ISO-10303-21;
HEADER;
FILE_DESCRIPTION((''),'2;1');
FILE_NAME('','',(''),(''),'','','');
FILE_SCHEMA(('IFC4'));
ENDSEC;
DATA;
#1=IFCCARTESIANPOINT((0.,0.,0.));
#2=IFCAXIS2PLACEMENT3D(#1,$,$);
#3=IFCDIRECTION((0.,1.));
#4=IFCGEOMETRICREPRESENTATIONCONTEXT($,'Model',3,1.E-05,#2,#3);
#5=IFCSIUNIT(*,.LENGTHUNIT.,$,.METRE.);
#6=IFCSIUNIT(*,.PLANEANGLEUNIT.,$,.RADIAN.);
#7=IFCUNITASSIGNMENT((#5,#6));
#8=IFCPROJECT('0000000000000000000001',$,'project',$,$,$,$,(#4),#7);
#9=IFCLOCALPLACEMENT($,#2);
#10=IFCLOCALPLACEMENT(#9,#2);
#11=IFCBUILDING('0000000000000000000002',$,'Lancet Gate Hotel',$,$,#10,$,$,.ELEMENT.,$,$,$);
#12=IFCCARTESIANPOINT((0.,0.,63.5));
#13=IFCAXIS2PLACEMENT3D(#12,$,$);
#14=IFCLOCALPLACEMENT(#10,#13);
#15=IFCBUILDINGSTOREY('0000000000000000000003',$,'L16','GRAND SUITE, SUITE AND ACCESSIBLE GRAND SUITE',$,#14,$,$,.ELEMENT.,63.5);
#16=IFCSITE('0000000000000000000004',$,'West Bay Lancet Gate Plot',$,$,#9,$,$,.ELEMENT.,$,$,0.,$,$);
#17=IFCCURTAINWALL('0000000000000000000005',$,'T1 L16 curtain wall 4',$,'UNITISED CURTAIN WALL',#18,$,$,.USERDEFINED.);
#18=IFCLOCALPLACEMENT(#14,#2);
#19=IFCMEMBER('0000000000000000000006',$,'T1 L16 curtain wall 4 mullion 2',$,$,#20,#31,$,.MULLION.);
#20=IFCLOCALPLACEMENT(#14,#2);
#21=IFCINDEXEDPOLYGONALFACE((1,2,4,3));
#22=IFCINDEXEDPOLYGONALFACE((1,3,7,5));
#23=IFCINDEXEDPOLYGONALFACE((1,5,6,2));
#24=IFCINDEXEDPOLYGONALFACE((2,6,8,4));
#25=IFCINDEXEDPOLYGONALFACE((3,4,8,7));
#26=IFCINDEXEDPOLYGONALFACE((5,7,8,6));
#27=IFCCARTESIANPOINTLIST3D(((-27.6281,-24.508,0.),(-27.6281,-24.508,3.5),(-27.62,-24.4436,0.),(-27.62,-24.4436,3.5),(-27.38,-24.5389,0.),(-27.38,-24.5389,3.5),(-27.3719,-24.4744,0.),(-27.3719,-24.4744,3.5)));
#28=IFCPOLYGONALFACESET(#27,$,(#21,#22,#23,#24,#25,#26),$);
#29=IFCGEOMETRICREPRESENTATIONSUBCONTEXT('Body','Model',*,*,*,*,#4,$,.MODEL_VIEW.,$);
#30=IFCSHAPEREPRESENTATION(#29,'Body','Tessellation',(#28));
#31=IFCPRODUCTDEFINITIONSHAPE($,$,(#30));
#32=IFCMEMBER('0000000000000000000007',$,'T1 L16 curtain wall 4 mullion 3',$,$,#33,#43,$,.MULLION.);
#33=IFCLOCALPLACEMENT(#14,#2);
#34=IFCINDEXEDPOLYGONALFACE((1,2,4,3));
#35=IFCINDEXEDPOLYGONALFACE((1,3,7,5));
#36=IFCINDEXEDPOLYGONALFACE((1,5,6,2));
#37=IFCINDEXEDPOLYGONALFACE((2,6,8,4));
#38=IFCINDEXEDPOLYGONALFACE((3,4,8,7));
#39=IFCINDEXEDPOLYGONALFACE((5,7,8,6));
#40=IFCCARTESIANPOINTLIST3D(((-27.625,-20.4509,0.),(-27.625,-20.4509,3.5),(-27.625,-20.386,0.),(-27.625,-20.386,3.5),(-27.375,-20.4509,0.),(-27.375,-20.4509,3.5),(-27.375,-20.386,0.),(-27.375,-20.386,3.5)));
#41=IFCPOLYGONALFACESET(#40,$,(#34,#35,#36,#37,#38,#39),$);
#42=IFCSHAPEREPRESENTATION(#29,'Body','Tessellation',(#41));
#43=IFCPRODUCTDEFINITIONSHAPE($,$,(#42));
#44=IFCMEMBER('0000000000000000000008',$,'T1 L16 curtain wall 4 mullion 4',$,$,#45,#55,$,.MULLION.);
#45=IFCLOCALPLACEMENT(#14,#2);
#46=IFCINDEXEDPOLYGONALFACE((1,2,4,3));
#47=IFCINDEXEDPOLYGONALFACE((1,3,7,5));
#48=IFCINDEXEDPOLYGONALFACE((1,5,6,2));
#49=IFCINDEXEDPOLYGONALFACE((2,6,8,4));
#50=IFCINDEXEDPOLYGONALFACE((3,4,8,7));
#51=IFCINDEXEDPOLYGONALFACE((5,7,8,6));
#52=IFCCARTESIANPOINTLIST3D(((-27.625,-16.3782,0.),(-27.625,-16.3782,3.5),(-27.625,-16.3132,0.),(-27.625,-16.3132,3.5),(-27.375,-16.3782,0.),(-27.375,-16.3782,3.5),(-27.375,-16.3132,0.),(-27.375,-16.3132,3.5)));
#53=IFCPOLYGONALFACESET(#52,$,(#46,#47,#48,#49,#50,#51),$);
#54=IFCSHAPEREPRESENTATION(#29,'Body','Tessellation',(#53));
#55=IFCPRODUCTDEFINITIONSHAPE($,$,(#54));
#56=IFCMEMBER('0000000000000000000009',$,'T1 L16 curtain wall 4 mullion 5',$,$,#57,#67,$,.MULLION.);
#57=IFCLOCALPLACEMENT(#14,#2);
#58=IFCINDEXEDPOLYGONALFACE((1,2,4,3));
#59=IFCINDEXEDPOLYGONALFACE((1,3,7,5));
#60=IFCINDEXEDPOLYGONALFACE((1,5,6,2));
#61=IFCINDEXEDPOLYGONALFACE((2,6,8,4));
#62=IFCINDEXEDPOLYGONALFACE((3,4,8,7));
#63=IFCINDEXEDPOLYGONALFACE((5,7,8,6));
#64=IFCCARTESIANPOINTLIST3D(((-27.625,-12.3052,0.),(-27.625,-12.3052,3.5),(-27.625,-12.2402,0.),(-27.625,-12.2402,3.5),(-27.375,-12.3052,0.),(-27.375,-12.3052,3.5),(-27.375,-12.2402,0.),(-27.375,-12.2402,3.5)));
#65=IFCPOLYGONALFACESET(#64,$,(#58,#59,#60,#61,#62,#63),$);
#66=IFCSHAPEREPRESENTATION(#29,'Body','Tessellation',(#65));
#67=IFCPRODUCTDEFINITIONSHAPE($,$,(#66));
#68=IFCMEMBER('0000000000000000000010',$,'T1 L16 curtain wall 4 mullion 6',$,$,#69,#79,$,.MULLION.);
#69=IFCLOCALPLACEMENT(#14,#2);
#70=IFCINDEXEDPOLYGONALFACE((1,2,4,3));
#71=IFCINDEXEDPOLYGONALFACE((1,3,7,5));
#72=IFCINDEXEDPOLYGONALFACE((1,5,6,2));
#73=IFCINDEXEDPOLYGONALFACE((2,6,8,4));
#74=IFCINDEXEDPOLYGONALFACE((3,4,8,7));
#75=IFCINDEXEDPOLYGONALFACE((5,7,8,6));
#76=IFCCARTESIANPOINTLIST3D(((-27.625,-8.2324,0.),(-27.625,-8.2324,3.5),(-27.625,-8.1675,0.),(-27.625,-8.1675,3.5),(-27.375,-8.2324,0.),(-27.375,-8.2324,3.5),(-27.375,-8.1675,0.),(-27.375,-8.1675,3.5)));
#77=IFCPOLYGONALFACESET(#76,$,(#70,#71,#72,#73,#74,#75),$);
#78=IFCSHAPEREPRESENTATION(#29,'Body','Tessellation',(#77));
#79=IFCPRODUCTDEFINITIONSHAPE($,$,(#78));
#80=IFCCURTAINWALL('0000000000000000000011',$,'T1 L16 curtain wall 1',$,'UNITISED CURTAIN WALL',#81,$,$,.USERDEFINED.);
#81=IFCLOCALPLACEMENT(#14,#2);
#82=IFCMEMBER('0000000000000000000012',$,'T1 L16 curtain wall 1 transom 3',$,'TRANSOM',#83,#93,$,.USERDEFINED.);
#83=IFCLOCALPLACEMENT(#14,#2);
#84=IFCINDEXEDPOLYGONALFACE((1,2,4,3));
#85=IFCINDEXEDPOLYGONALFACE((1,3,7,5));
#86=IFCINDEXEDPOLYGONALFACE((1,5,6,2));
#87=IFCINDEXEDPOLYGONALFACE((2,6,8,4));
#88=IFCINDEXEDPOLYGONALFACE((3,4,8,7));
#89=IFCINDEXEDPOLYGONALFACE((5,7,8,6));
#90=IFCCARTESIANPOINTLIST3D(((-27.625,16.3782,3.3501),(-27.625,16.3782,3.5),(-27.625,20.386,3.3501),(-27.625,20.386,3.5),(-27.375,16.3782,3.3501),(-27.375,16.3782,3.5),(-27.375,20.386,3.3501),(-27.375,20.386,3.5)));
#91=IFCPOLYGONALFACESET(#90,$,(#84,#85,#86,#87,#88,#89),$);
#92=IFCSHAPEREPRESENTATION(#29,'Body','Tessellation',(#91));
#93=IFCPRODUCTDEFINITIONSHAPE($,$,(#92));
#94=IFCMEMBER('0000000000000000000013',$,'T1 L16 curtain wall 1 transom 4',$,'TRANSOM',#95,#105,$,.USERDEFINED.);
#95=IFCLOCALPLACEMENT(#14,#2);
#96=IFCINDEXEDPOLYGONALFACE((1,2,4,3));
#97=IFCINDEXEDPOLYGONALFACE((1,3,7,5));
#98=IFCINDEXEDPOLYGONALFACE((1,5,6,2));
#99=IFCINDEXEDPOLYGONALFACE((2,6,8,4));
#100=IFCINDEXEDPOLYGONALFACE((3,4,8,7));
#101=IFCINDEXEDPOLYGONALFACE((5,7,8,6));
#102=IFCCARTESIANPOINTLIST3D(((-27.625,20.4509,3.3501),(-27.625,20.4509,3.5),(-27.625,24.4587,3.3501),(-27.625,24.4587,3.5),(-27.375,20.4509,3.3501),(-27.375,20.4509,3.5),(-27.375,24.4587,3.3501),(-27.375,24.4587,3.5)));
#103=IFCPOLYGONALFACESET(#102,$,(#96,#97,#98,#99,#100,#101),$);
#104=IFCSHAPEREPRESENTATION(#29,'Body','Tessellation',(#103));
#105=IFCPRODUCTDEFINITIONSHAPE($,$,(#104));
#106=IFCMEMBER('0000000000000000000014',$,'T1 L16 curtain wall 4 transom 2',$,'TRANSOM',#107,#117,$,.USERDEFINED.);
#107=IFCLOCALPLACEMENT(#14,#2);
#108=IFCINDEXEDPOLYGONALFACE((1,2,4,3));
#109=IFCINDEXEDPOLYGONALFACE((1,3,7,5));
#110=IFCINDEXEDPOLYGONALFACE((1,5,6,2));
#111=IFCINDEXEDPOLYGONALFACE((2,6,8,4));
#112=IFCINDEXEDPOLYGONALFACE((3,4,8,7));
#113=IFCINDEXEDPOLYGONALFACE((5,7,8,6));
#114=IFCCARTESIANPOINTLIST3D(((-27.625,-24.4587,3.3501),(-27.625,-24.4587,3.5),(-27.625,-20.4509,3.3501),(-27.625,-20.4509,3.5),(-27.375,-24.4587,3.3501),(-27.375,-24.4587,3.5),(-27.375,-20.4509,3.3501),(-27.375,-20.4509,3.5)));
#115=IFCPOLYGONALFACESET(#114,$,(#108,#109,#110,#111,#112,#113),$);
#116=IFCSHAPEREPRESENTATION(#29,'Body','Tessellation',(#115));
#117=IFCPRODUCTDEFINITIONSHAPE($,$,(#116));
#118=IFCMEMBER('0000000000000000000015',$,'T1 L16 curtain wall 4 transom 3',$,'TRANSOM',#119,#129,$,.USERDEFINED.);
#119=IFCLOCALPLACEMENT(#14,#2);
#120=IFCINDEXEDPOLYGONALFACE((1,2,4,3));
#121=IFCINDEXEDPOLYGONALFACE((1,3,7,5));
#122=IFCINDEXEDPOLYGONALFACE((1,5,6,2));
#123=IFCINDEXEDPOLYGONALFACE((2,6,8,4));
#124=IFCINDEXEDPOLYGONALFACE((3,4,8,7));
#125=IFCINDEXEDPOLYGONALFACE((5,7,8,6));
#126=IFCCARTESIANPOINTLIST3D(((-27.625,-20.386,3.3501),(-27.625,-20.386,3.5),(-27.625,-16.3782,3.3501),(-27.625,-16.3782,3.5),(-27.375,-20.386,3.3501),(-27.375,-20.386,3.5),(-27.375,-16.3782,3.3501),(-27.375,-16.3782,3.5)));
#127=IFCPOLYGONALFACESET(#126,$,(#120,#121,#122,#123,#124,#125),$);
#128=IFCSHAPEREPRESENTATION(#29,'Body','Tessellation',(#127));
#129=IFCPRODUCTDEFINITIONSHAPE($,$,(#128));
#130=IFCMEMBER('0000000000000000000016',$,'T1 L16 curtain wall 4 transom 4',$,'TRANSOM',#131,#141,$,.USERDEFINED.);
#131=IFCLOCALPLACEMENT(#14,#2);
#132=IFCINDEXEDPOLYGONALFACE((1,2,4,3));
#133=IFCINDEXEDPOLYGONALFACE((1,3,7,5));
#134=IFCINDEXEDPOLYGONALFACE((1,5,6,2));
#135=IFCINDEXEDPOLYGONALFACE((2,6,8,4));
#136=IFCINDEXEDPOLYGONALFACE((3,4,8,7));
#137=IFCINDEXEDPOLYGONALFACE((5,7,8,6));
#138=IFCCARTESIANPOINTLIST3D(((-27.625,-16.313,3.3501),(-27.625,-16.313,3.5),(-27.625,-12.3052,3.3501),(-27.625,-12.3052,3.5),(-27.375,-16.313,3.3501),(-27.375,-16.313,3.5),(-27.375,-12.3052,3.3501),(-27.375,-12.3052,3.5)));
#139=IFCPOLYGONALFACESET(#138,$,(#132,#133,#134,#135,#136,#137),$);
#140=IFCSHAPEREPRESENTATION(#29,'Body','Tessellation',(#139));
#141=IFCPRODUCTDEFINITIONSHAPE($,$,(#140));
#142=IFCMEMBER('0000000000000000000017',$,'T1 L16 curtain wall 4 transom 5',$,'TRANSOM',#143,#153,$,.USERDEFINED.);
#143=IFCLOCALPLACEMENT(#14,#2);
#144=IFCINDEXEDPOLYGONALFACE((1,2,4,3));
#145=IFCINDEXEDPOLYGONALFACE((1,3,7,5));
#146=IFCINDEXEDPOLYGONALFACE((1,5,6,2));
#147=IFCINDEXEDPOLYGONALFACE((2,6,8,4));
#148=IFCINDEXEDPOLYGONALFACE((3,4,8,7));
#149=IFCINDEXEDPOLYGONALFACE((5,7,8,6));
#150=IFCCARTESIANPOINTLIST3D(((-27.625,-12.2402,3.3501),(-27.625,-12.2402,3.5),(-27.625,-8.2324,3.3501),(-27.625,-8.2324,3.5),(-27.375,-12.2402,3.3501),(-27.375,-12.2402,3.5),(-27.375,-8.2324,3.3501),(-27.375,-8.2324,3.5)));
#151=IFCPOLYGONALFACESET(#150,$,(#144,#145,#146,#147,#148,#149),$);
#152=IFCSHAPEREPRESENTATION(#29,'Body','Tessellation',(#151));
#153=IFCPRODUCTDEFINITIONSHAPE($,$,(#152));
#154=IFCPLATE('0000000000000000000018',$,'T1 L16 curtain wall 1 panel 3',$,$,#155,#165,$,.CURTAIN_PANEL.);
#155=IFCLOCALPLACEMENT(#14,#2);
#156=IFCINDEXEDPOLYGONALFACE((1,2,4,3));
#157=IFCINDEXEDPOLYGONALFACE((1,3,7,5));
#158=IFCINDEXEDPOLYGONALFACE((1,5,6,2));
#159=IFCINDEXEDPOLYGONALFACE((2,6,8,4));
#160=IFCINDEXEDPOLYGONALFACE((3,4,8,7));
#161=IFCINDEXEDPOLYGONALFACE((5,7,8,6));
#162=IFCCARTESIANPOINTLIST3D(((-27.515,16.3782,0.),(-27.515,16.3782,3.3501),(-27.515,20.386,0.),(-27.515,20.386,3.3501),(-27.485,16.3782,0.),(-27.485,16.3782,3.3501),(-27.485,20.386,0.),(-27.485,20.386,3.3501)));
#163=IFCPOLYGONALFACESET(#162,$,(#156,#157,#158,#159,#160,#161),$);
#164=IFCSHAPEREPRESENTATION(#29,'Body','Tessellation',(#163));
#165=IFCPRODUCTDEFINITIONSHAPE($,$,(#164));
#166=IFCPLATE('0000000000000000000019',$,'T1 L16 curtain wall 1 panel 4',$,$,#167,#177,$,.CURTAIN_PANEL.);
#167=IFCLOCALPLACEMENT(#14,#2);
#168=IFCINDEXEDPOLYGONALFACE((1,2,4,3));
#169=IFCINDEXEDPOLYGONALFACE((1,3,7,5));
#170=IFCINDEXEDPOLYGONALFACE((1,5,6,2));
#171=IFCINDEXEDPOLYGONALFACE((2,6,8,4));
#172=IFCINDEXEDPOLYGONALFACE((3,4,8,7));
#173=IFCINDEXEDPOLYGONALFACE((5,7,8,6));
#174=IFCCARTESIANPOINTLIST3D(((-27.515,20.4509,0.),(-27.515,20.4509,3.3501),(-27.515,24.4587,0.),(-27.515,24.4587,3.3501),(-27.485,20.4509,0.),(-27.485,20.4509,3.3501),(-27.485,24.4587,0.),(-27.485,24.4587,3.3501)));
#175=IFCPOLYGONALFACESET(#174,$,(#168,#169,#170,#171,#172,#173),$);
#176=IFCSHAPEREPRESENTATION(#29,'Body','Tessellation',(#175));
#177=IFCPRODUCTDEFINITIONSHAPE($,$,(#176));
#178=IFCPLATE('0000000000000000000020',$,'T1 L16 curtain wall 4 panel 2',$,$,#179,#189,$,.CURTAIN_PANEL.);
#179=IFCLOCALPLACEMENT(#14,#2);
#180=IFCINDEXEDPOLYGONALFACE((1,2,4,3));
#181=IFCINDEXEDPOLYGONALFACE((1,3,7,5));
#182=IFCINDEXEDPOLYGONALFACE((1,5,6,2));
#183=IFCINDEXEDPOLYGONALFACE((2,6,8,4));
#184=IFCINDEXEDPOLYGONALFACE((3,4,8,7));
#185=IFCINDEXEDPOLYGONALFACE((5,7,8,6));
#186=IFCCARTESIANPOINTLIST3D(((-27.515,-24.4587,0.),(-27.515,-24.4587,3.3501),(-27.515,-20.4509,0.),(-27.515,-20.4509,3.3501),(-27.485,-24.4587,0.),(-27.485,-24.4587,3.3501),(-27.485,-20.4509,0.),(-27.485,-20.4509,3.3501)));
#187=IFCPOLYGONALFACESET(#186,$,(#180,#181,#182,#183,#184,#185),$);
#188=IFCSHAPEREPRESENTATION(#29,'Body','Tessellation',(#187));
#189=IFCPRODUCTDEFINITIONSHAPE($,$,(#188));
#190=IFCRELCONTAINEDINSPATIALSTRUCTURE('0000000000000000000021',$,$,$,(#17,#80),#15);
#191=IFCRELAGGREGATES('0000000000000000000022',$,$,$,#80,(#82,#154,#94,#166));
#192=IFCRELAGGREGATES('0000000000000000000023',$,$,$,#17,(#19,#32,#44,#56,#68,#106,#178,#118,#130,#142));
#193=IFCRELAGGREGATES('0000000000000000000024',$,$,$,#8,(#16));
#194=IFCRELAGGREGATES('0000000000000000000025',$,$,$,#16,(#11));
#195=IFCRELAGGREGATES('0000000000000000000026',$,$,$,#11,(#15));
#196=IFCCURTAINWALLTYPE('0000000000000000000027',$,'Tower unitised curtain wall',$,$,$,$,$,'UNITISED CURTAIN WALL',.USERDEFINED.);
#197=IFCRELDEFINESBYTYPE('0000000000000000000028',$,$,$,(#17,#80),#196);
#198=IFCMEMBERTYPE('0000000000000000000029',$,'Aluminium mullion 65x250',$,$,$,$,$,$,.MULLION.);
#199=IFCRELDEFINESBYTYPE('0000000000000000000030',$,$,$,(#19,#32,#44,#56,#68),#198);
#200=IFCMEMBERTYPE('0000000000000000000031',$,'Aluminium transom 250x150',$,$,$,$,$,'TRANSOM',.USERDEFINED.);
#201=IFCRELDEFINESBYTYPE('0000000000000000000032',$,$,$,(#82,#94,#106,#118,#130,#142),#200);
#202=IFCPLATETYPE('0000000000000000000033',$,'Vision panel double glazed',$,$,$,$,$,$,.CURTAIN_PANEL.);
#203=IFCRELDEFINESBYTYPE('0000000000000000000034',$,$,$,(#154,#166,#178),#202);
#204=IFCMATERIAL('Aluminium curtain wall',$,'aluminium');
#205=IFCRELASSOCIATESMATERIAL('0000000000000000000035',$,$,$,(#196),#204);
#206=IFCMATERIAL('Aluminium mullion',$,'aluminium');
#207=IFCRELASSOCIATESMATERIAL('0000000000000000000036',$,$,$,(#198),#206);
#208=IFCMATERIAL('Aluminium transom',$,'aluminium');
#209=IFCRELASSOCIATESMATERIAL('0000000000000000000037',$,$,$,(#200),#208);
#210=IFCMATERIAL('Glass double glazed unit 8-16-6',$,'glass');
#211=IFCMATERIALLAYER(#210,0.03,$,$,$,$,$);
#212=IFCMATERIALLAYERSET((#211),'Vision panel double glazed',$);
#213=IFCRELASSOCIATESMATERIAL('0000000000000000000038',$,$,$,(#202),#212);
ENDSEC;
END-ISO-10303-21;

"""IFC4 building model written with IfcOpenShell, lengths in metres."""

from ifc_helpers import new_model, si_unit, direction, frame, origin, origin_2d, place, context, subcontext, project, spatial, rectangle, extrude, material, layer, layer_set, material_profile, profile_set, type_object, element, aggregate, save


model = new_model("IFC4")

# Units and contexts
model_context = context("Model", 3, precision=1e-05, world=origin(), true_north=direction((0.0, 1.0)))
body_context = subcontext(model_context, "Body", "Model", "MODEL_VIEW")
ifc_project = project(units=[si_unit("LENGTHUNIT", "METRE"), si_unit("PLANEANGLEUNIT", "RADIAN")], contexts=[model_context])

# Site, building, storey
site_placement = place(None, origin())
site = spatial("IfcSite", under=ifc_project, at=site_placement, Name="West Bay Lancet Gate Plot", CompositionType="ELEMENT", RefElevation=0.0)
building_placement = place(site_placement, origin())
building = spatial("IfcBuilding", under=site, at=building_placement, Name="Lancet Gate Hotel", CompositionType="ELEMENT")
storey_placement = place(building_placement, frame((0.0, 0.0, 63.5)))
storey = spatial("IfcBuildingStorey", under=building, at=storey_placement, Name="L16", Description="GRAND SUITE, SUITE AND ACCESSIBLE GRAND SUITE", CompositionType="ELEMENT", Elevation=63.5)

# Curtain walls, members
ifc_material_1 = material(Name="Aluminium curtain wall", Category="aluminium")
curtain_wall_type = type_object("IfcCurtainWallType", Name="Tower unitised curtain wall", ElementType="UNITISED CURTAIN WALL", PredefinedType="USERDEFINED", material=ifc_material_1)
curtain_wall_1_placement = place(storey_placement, origin())
curtain_wall_1 = element("IfcCurtainWall", 1, at=curtain_wall_1_placement, inside=storey, type_object=curtain_wall_type, Name="T1 L16 curtain wall 4", ObjectType="UNITISED CURTAIN WALL", PredefinedType="USERDEFINED")
ifc_material_2 = material(Name="Aluminium mullion", Category="aluminium")
ifc_material_profile_1 = material_profile(ifc_material_2, rectangle(XDim=0.0649, YDim=0.25, at=origin_2d()), Name="MULLION 65x250")
ifc_profile_set_1 = profile_set([ifc_material_profile_1], Name="Aluminium mullion")
member_type_1 = type_object("IfcMemberType", Name="Aluminium mullion 65x250", PredefinedType="MULLION", material=ifc_profile_set_1)
member_1_placement = place(storey_placement, frame((-27.5, -24.4912, 0.0), z_axis=(0.0, 0.0, 1.0), x_axis=(0.123483, 0.992347, 0.0)))
member_1 = element("IfcMember", 2, at=member_1_placement, type_object=member_type_1, Name="T1 L16 curtain wall 4 mullion 2", PredefinedType="MULLION", context=body_context, shape_type="SweptSolid", body=[
    extrude(rectangle(XDim=0.0649, YDim=0.25, at=origin_2d()), origin(), (0.0, 0.0, 1.0), 3.5),
])
member_2_placement = place(storey_placement, frame((-27.5, -20.4185, 0.0), z_axis=(0.0, 0.0, 1.0), x_axis=(0.0, 1.0, 0.0)))
member_2 = element("IfcMember", 3, at=member_2_placement, type_object=member_type_1, Name="T1 L16 curtain wall 4 mullion 3", PredefinedType="MULLION", context=body_context, shape_type="SweptSolid", body=[
    extrude(rectangle(XDim=0.0649, YDim=0.25, at=origin_2d()), origin(), (0.0, 0.0, 1.0), 3.5),
])
member_3_placement = place(storey_placement, frame((-27.5, -16.3457, 0.0), z_axis=(0.0, 0.0, 1.0), x_axis=(0.0, 1.0, 0.0)))
member_3 = element("IfcMember", 4, at=member_3_placement, type_object=member_type_1, Name="T1 L16 curtain wall 4 mullion 4", PredefinedType="MULLION", context=body_context, shape_type="SweptSolid", body=[
    extrude(rectangle(XDim=0.0649, YDim=0.25, at=origin_2d()), origin(), (0.0, 0.0, 1.0), 3.5),
])
member_4_placement = place(storey_placement, frame((-27.5, -12.2727, 0.0), z_axis=(0.0, 0.0, 1.0), x_axis=(0.0, 1.0, 0.0)))
member_4 = element("IfcMember", 5, at=member_4_placement, type_object=member_type_1, Name="T1 L16 curtain wall 4 mullion 5", PredefinedType="MULLION", context=body_context, shape_type="SweptSolid", body=[
    extrude(rectangle(XDim=0.0649, YDim=0.25, at=origin_2d()), origin(), (0.0, 0.0, 1.0), 3.5),
])
member_5_placement = place(storey_placement, frame((-27.5, -8.2, 0.0), z_axis=(0.0, 0.0, 1.0), x_axis=(0.0, 1.0, 0.0)))
member_5 = element("IfcMember", 6, at=member_5_placement, type_object=member_type_1, Name="T1 L16 curtain wall 4 mullion 6", PredefinedType="MULLION", context=body_context, shape_type="SweptSolid", body=[
    extrude(rectangle(XDim=0.0649, YDim=0.25, at=origin_2d()), origin(), (0.0, 0.0, 1.0), 3.5),
])
curtain_wall_2_placement = place(storey_placement, origin())
curtain_wall_2 = element("IfcCurtainWall", 7, at=curtain_wall_2_placement, inside=storey, type_object=curtain_wall_type, Name="T1 L16 curtain wall 1", ObjectType="UNITISED CURTAIN WALL", PredefinedType="USERDEFINED")
ifc_material_3 = material(Name="Aluminium transom", Category="aluminium")
ifc_material_profile_2 = material_profile(ifc_material_3, rectangle(XDim=0.25, YDim=0.1499, at=origin_2d()), Name="TRANSOM 250x150")
ifc_profile_set_2 = profile_set([ifc_material_profile_2], Name="Aluminium transom")
member_type_2 = type_object("IfcMemberType", Name="Aluminium transom 250x150", ElementType="TRANSOM", PredefinedType="USERDEFINED", material=ifc_profile_set_2)
member_6_placement = place(storey_placement, frame((-27.5, 16.3782, 3.425), z_axis=(0.0, 1.0, 0.0), x_axis=(-1.0, 0.0, 0.0)))
member_6 = element("IfcMember", 8, at=member_6_placement, type_object=member_type_2, Name="T1 L16 curtain wall 1 transom 3", ObjectType="TRANSOM", PredefinedType="USERDEFINED", context=body_context, shape_type="SweptSolid", body=[
    extrude(rectangle(XDim=0.25, YDim=0.1499, at=origin_2d()), origin(), (0.0, 0.0, 1.0), 4.0078),
])
member_7_placement = place(storey_placement, frame((-27.5, 20.4509, 3.425), z_axis=(0.0, 1.0, 0.0), x_axis=(-1.0, 0.0, 0.0)))
member_7 = element("IfcMember", 9, at=member_7_placement, type_object=member_type_2, Name="T1 L16 curtain wall 1 transom 4", ObjectType="TRANSOM", PredefinedType="USERDEFINED", context=body_context, shape_type="SweptSolid", body=[
    extrude(rectangle(XDim=0.25, YDim=0.1499, at=origin_2d()), origin(), (0.0, 0.0, 1.0), 4.0078),
])

# Members
member_8_placement = place(storey_placement, frame((-27.5, -24.4587, 3.425), z_axis=(0.0, 1.0, 0.0), x_axis=(-1.0, 0.0, 0.0)))
member_8 = element("IfcMember", 10, at=member_8_placement, type_object=member_type_2, Name="T1 L16 curtain wall 4 transom 2", ObjectType="TRANSOM", PredefinedType="USERDEFINED", context=body_context, shape_type="SweptSolid", body=[
    extrude(rectangle(XDim=0.25, YDim=0.1499, at=origin_2d()), origin(), (0.0, 0.0, 1.0), 4.0078),
])
member_9_placement = place(storey_placement, frame((-27.5, -20.386, 3.425), z_axis=(0.0, 1.0, 0.0), x_axis=(-1.0, 0.0, 0.0)))
member_9 = element("IfcMember", 11, at=member_9_placement, type_object=member_type_2, Name="T1 L16 curtain wall 4 transom 3", ObjectType="TRANSOM", PredefinedType="USERDEFINED", context=body_context, shape_type="SweptSolid", body=[
    extrude(rectangle(XDim=0.25, YDim=0.1499, at=origin_2d()), origin(), (0.0, 0.0, 1.0), 4.0078),
])
member_10_placement = place(storey_placement, frame((-27.5, -16.313, 3.425), z_axis=(0.0, 1.0, 0.0), x_axis=(-1.0, 0.0, 0.0)))
member_10 = element("IfcMember", 12, at=member_10_placement, type_object=member_type_2, Name="T1 L16 curtain wall 4 transom 4", ObjectType="TRANSOM", PredefinedType="USERDEFINED", context=body_context, shape_type="SweptSolid", body=[
    extrude(rectangle(XDim=0.25, YDim=0.1499, at=origin_2d()), origin(), (0.0, 0.0, 1.0), 4.0078),
])
member_11_placement = place(storey_placement, frame((-27.5, -12.2402, 3.425), z_axis=(0.0, 1.0, 0.0), x_axis=(-1.0, 0.0, 0.0)))
member_11 = element("IfcMember", 13, at=member_11_placement, type_object=member_type_2, Name="T1 L16 curtain wall 4 transom 5", ObjectType="TRANSOM", PredefinedType="USERDEFINED", context=body_context, shape_type="SweptSolid", body=[
    extrude(rectangle(XDim=0.25, YDim=0.1499, at=origin_2d()), origin(), (0.0, 0.0, 1.0), 4.0078),
])

# Plates
ifc_material_4 = material(Name="Glass double glazed unit 8-16-6", Category="glass")
ifc_layer = layer(ifc_material_4, 0.03)
ifc_layer_set = layer_set([ifc_layer], Name="Vision panel double glazed")
plate_type = type_object("IfcPlateType", Name="Vision panel double glazed", PredefinedType="CURTAIN_PANEL", material=ifc_layer_set)
plate_1_placement = place(storey_placement, frame((-27.5, 18.3821, 0.0), z_axis=(0.0, 0.0, 1.0), x_axis=(0.0, 1.0, 0.0)))
plate_1 = element("IfcPlate", 14, at=plate_1_placement, type_object=plate_type, Name="T1 L16 curtain wall 1 panel 3", PredefinedType="CURTAIN_PANEL", context=body_context, shape_type="SweptSolid", body=[
    extrude(rectangle(XDim=4.0078, YDim=0.03, at=origin_2d()), origin(), (0.0, 0.0, 1.0), 3.3501),
])
plate_2_placement = place(storey_placement, frame((-27.5, 22.4548, 0.0), z_axis=(0.0, 0.0, 1.0), x_axis=(0.0, 1.0, 0.0)))
plate_2 = element("IfcPlate", 15, at=plate_2_placement, type_object=plate_type, Name="T1 L16 curtain wall 1 panel 4", PredefinedType="CURTAIN_PANEL", context=body_context, shape_type="SweptSolid", body=[
    extrude(rectangle(XDim=4.0078, YDim=0.03, at=origin_2d()), origin(), (0.0, 0.0, 1.0), 3.3501),
])
aggregate(curtain_wall_2, [member_6, plate_1, member_7, plate_2])
plate_3_placement = place(storey_placement, frame((-27.5, -22.4548, 0.0), z_axis=(0.0, 0.0, 1.0), x_axis=(0.0, 1.0, 0.0)))
plate_3 = element("IfcPlate", 16, at=plate_3_placement, type_object=plate_type, Name="T1 L16 curtain wall 4 panel 2", PredefinedType="CURTAIN_PANEL", context=body_context, shape_type="SweptSolid", body=[
    extrude(rectangle(XDim=4.0078, YDim=0.03, at=origin_2d()), origin(), (0.0, 0.0, 1.0), 3.3501),
])
aggregate(curtain_wall_1, [member_1, member_2, member_3, member_4, member_5, member_8, plate_3, member_9, member_10, member_11])

save(model, "model.ifc")
